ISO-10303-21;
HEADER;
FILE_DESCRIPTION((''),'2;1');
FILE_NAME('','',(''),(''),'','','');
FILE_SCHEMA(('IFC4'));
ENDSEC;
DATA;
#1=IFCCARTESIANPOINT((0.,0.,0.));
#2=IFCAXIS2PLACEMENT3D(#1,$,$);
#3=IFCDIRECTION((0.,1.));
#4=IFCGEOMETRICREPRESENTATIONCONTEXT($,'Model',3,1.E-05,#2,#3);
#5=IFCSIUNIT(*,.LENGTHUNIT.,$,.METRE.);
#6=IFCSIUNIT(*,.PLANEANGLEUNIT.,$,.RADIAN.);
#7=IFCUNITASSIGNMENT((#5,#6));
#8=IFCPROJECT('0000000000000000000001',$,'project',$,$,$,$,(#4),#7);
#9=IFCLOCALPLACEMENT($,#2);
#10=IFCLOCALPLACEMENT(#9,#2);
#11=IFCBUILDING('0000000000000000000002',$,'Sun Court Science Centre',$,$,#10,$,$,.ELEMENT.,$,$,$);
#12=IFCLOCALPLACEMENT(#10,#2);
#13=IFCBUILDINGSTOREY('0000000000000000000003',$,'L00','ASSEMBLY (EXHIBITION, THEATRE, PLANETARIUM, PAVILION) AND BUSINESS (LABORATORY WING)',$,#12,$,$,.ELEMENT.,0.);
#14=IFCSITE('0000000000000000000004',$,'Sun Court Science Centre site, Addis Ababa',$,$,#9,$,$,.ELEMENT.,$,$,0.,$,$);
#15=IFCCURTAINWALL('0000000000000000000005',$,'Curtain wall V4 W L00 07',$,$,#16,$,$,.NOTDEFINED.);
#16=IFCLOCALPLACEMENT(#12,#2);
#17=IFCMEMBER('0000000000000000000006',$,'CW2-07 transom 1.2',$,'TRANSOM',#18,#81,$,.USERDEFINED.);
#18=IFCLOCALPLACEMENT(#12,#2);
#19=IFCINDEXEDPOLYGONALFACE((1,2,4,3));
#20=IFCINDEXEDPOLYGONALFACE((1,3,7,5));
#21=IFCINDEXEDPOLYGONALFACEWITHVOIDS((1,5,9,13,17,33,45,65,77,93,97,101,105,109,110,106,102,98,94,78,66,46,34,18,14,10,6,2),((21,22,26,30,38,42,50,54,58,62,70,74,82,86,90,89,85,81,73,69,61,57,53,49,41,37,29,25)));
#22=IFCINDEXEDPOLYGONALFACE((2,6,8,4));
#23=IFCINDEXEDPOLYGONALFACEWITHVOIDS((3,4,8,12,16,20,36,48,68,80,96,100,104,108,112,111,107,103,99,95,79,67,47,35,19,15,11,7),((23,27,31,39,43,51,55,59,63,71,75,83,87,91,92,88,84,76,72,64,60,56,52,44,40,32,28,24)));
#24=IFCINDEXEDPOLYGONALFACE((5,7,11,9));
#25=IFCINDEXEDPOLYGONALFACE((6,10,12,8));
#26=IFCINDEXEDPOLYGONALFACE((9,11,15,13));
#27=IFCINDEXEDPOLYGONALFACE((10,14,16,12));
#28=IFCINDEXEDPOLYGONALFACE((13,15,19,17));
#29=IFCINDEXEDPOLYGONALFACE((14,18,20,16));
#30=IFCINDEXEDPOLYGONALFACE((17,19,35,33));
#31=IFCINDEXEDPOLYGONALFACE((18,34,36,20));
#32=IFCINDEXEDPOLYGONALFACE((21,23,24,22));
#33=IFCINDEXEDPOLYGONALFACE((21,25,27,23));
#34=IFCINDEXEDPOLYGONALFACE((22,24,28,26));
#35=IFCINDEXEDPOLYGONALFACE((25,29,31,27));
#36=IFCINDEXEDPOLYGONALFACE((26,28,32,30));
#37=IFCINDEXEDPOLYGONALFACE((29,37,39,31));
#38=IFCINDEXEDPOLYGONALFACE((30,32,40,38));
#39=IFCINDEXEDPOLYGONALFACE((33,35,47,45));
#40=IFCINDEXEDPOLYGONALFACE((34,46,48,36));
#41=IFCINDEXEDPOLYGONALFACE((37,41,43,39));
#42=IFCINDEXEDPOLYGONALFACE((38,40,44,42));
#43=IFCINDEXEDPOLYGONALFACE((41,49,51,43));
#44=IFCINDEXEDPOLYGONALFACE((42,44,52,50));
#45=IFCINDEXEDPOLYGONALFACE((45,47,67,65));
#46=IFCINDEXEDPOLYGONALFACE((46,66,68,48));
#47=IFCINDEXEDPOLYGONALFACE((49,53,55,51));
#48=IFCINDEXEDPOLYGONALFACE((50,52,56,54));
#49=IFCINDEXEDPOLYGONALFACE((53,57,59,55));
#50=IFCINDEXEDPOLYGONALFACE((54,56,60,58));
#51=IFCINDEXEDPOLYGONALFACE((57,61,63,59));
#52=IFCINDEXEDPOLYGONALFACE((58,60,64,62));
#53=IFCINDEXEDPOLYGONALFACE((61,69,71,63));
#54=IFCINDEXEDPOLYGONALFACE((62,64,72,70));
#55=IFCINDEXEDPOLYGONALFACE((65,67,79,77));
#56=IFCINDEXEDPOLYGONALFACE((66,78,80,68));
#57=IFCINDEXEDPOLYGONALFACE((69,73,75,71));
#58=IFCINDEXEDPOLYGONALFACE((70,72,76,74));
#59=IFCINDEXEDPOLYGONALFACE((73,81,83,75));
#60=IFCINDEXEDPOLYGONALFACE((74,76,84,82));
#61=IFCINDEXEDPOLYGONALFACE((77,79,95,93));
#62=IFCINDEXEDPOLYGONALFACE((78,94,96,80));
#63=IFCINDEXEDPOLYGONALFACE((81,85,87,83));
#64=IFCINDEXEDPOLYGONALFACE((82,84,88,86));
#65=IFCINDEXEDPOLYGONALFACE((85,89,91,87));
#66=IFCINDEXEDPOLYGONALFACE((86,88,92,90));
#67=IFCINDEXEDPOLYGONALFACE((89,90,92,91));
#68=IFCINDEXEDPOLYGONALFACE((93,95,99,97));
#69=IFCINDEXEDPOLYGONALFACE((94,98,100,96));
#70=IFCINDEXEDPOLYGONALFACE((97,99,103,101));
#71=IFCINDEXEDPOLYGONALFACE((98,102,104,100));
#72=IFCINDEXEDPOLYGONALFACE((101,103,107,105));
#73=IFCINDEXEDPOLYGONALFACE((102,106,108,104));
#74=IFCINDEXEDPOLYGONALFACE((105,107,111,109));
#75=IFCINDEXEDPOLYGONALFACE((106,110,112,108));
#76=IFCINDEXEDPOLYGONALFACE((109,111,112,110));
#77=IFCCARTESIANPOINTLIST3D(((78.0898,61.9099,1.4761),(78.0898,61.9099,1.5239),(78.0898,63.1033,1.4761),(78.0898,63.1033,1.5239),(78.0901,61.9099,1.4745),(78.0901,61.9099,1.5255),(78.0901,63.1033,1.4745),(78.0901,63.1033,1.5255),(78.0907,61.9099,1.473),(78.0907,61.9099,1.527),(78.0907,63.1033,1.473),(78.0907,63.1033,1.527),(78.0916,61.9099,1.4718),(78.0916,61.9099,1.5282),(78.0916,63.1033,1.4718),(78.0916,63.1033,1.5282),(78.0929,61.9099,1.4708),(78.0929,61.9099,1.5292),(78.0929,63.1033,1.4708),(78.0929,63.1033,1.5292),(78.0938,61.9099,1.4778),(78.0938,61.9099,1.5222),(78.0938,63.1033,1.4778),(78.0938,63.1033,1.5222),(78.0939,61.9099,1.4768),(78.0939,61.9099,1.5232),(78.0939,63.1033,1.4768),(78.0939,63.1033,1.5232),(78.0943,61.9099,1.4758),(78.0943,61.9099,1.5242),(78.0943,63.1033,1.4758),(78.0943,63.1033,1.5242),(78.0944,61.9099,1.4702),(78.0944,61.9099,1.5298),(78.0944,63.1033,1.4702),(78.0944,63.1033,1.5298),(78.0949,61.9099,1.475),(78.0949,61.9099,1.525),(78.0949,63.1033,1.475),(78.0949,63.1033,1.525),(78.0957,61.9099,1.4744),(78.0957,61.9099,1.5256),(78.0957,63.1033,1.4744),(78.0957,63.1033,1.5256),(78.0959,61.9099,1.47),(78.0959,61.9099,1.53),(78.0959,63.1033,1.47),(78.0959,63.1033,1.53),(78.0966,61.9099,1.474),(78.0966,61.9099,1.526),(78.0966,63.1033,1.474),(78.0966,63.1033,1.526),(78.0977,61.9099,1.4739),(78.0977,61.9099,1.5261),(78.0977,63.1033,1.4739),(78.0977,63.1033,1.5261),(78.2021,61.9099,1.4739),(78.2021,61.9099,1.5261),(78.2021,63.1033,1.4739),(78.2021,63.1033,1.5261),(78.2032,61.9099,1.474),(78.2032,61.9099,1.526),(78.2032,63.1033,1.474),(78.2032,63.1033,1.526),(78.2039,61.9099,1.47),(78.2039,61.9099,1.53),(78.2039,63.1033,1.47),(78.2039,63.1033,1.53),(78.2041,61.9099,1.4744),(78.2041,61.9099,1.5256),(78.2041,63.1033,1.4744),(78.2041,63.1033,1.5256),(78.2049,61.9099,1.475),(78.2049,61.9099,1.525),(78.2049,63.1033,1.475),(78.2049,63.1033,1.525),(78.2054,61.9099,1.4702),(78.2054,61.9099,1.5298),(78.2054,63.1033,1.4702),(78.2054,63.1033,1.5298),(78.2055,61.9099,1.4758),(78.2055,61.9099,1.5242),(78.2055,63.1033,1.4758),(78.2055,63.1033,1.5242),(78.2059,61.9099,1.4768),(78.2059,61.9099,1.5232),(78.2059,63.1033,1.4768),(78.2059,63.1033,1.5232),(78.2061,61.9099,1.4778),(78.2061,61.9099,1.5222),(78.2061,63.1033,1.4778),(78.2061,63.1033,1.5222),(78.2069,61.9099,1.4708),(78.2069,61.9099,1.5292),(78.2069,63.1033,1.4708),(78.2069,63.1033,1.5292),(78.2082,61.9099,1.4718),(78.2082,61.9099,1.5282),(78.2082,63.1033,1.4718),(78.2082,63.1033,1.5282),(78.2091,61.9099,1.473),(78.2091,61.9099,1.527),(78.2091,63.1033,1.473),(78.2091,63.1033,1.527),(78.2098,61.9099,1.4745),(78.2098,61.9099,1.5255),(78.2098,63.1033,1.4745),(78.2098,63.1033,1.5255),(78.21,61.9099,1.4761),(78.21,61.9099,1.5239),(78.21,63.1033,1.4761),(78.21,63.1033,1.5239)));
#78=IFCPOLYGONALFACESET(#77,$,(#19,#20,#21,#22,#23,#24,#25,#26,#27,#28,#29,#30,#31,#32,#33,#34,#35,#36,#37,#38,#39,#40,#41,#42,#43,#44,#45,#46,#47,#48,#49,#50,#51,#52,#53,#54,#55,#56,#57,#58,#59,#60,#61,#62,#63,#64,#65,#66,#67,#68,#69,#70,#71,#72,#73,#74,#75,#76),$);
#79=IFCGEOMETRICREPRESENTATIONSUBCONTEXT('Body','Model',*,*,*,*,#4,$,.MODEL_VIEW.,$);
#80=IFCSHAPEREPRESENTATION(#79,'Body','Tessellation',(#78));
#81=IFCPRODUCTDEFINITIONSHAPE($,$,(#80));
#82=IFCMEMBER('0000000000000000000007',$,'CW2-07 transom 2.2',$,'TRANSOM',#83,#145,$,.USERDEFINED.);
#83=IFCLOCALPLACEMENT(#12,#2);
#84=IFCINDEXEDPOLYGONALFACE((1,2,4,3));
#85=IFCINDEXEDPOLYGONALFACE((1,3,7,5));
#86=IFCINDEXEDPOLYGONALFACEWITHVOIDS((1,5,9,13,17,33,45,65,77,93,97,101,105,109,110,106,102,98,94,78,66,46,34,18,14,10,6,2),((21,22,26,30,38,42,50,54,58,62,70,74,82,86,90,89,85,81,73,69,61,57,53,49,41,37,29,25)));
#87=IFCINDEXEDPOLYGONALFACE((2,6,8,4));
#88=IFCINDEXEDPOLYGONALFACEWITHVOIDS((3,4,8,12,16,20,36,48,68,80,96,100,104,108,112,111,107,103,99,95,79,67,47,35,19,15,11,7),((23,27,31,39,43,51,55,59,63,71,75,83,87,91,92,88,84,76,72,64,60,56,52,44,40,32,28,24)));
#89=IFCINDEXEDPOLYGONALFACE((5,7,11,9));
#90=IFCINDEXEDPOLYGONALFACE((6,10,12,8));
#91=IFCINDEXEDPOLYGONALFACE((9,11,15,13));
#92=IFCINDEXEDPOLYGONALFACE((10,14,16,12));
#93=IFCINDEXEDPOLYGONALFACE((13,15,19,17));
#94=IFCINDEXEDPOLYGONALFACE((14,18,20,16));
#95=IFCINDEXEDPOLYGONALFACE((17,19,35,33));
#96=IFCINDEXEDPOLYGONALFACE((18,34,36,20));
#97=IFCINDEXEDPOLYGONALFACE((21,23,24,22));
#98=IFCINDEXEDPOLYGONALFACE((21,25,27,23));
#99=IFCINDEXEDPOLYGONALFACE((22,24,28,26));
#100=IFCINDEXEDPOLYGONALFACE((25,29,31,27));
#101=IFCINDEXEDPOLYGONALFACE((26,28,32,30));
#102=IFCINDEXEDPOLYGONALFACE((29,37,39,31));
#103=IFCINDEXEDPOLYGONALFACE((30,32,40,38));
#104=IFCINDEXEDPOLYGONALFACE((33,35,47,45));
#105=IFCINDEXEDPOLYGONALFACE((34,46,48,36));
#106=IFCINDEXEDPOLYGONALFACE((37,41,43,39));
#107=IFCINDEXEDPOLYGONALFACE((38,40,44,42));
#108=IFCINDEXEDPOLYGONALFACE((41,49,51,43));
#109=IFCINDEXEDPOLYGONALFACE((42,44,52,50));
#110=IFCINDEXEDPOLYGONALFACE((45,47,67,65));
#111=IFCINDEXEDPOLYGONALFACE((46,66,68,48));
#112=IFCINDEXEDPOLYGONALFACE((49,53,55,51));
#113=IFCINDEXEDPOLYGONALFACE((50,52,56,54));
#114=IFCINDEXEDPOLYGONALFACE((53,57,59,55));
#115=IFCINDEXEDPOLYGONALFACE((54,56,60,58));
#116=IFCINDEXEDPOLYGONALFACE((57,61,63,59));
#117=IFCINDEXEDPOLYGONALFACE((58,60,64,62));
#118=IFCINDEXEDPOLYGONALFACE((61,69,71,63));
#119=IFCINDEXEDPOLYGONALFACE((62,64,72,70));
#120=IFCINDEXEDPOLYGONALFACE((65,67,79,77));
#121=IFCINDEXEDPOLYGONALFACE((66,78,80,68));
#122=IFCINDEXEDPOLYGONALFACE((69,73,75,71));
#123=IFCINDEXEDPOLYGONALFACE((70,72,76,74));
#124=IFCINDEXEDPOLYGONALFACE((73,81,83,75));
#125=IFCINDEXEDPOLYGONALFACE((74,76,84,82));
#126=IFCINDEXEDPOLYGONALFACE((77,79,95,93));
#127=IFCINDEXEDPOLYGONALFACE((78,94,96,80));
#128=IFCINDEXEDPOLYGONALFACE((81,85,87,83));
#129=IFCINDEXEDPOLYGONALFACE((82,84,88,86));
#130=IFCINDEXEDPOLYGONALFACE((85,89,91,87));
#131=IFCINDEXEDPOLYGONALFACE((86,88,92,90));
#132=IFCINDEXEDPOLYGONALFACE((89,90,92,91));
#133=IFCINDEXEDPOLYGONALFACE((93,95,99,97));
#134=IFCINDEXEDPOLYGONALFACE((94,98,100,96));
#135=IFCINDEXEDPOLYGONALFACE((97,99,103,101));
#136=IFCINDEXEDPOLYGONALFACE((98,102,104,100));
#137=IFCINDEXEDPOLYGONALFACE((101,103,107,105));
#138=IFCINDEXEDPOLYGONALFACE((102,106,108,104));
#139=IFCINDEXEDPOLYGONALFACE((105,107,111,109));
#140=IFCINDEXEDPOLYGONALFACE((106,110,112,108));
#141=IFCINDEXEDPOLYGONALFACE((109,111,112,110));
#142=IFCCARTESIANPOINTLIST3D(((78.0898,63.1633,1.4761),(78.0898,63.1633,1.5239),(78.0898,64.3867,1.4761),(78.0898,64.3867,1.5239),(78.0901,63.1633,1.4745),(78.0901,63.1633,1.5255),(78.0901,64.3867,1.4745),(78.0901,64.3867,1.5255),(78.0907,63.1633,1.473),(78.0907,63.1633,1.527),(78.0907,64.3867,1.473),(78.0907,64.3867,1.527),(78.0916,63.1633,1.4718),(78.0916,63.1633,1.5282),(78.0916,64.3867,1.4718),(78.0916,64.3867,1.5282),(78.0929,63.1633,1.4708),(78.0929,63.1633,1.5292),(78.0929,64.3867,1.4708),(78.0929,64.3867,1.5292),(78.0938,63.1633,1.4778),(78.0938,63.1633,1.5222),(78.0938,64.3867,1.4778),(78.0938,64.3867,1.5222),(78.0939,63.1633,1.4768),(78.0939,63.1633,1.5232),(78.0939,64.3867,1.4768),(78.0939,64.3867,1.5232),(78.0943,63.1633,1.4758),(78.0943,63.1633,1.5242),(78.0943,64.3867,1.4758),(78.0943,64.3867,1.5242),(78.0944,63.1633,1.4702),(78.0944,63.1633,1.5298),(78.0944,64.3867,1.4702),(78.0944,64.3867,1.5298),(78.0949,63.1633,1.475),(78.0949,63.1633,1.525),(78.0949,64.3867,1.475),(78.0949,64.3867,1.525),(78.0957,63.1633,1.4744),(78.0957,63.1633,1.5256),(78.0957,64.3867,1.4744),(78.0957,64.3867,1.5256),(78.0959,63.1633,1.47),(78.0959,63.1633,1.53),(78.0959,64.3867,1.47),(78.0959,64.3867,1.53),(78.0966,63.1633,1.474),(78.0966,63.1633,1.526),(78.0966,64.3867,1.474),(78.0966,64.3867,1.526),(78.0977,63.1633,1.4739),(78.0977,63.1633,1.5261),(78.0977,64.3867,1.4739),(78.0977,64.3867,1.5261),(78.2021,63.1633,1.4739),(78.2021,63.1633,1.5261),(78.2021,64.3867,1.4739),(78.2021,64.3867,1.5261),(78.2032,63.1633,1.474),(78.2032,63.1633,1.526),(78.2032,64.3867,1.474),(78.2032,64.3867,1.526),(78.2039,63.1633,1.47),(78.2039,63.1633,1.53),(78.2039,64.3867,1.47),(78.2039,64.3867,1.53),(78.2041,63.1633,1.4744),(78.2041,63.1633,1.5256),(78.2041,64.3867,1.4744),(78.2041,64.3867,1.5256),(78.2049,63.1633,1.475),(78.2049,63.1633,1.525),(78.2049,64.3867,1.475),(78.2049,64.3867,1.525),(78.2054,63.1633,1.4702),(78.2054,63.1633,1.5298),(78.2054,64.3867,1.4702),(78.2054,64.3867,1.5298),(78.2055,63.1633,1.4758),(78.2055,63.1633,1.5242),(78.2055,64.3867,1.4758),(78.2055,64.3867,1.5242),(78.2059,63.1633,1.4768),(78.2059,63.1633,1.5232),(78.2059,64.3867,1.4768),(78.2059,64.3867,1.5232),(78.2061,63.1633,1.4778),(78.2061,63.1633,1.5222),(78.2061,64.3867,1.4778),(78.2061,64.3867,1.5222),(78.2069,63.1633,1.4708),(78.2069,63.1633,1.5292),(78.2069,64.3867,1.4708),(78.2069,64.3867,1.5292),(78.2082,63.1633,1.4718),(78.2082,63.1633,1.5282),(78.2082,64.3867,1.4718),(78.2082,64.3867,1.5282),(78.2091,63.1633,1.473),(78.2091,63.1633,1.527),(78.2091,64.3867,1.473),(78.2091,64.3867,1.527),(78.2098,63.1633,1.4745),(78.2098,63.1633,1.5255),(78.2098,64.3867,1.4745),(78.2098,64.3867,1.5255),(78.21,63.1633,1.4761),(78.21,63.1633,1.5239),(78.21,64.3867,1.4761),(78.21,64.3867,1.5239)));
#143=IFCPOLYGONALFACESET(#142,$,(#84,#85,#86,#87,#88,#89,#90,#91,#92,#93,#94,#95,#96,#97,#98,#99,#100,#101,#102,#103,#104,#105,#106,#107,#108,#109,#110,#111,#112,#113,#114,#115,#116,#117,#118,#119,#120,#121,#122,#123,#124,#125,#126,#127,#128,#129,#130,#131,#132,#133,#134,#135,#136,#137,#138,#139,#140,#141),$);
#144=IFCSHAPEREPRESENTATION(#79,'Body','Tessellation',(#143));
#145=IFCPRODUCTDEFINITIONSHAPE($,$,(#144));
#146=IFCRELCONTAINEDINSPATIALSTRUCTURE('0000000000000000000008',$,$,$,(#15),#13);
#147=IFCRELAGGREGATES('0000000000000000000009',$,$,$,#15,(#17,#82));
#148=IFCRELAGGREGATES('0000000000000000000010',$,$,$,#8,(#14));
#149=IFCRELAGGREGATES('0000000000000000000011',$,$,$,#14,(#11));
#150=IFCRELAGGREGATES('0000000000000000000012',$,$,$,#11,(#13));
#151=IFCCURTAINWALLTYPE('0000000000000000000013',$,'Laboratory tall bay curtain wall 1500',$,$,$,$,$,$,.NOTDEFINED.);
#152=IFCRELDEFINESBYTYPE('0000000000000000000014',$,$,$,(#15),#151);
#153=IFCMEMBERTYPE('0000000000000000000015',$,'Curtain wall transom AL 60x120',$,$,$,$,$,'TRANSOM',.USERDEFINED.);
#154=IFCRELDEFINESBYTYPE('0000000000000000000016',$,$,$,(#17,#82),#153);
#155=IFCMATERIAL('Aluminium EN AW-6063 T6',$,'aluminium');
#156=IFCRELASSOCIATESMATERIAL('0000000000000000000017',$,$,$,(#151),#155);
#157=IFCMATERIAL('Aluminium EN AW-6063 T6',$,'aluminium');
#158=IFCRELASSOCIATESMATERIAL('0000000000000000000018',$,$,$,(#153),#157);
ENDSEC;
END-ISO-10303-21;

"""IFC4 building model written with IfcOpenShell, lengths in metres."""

from ifc_helpers import new_model, si_unit, direction, frame, origin, origin_2d, place, context, subcontext, project, spatial, hollow_rectangle, extrude, material, material_profile, profile_set, type_object, element, aggregate, save


model = new_model("IFC4")

# Units and contexts
model_context = context("Model", 3, precision=1e-05, world=origin(), true_north=direction((0.0, 1.0)))
body_context = subcontext(model_context, "Body", "Model", "MODEL_VIEW")
ifc_project = project(units=[si_unit("LENGTHUNIT", "METRE"), si_unit("PLANEANGLEUNIT", "RADIAN")], contexts=[model_context])

# Site, building, storey
site_placement = place(None, origin())
site = spatial("IfcSite", under=ifc_project, at=site_placement, Name="Sun Court Science Centre site, Addis Ababa", CompositionType="ELEMENT", RefElevation=0.0)
building_placement = place(site_placement, origin())
building = spatial("IfcBuilding", under=site, at=building_placement, Name="Sun Court Science Centre", CompositionType="ELEMENT")
storey_placement = place(building_placement, origin())
storey = spatial("IfcBuildingStorey", under=building, at=storey_placement, Name="L00", Description="ASSEMBLY (EXHIBITION, THEATRE, PLANETARIUM, PAVILION) AND BUSINESS (LABORATORY WING)", CompositionType="ELEMENT", Elevation=0.0)

# Curtain wall, members
ifc_material_1 = material(Name="Aluminium EN AW-6063 T6", Category="aluminium")
curtain_wall_type = type_object("IfcCurtainWallType", Name="Laboratory tall bay curtain wall 1500", PredefinedType="NOTDEFINED", material=ifc_material_1)
curtain_wall_placement = place(storey_placement, origin())
curtain_wall = element("IfcCurtainWall", 1, at=curtain_wall_placement, inside=storey, type_object=curtain_wall_type, Name="Curtain wall V4 W L00 07", PredefinedType="NOTDEFINED")
ifc_material_2 = material(Name="Aluminium EN AW-6063 T6", Category="aluminium")
ifc_material_profile_1 = material_profile(ifc_material_2, hollow_rectangle(XDim=0.0601, YDim=0.1201, WallThickness=0.0039, InnerFilletRadius=0.0039, OuterFilletRadius=0.0061, at=origin_2d()), Name="AL 60x120x4")
ifc_profile_set_1 = profile_set([ifc_material_profile_1], Name="Aluminium EN AW-6063 T6")
member_type_1 = type_object("IfcMemberType", Name="Curtain wall transom AL 60x120", ElementType="TRANSOM", PredefinedType="USERDEFINED", material=ifc_profile_set_1)
member_1_placement = place(storey_placement, frame((78.1499, 61.9099, 1.5), z_axis=(0.0, 1.0, 0.0), x_axis=(0.0, 0.0, 1.0)))
member_1 = element("IfcMember", 2, at=member_1_placement, type_object=member_type_1, Name="CW2-07 transom 1.2", ObjectType="TRANSOM", PredefinedType="USERDEFINED", context=body_context, shape_type="SweptSolid", body=[
    extrude(hollow_rectangle(XDim=0.0601, YDim=0.1201, WallThickness=0.0039, InnerFilletRadius=0.0039, OuterFilletRadius=0.0061, at=origin_2d()), origin(), (0.0, 0.0, 1.0), 1.1934),
])
member_2_placement = place(storey_placement, frame((78.1499, 63.1633, 1.5), z_axis=(0.0, 1.0, 0.0), x_axis=(0.0, 0.0, 1.0)))
member_2 = element("IfcMember", 3, at=member_2_placement, type_object=member_type_1, Name="CW2-07 transom 2.2", ObjectType="TRANSOM", PredefinedType="USERDEFINED", context=body_context, shape_type="SweptSolid", body=[
    extrude(hollow_rectangle(XDim=0.0601, YDim=0.1201, WallThickness=0.0039, InnerFilletRadius=0.0039, OuterFilletRadius=0.0061, at=origin_2d()), origin(), (0.0, 0.0, 1.0), 1.2234),
])

aggregate(curtain_wall, [member_1, member_2])

save(model, "model.ifc")
